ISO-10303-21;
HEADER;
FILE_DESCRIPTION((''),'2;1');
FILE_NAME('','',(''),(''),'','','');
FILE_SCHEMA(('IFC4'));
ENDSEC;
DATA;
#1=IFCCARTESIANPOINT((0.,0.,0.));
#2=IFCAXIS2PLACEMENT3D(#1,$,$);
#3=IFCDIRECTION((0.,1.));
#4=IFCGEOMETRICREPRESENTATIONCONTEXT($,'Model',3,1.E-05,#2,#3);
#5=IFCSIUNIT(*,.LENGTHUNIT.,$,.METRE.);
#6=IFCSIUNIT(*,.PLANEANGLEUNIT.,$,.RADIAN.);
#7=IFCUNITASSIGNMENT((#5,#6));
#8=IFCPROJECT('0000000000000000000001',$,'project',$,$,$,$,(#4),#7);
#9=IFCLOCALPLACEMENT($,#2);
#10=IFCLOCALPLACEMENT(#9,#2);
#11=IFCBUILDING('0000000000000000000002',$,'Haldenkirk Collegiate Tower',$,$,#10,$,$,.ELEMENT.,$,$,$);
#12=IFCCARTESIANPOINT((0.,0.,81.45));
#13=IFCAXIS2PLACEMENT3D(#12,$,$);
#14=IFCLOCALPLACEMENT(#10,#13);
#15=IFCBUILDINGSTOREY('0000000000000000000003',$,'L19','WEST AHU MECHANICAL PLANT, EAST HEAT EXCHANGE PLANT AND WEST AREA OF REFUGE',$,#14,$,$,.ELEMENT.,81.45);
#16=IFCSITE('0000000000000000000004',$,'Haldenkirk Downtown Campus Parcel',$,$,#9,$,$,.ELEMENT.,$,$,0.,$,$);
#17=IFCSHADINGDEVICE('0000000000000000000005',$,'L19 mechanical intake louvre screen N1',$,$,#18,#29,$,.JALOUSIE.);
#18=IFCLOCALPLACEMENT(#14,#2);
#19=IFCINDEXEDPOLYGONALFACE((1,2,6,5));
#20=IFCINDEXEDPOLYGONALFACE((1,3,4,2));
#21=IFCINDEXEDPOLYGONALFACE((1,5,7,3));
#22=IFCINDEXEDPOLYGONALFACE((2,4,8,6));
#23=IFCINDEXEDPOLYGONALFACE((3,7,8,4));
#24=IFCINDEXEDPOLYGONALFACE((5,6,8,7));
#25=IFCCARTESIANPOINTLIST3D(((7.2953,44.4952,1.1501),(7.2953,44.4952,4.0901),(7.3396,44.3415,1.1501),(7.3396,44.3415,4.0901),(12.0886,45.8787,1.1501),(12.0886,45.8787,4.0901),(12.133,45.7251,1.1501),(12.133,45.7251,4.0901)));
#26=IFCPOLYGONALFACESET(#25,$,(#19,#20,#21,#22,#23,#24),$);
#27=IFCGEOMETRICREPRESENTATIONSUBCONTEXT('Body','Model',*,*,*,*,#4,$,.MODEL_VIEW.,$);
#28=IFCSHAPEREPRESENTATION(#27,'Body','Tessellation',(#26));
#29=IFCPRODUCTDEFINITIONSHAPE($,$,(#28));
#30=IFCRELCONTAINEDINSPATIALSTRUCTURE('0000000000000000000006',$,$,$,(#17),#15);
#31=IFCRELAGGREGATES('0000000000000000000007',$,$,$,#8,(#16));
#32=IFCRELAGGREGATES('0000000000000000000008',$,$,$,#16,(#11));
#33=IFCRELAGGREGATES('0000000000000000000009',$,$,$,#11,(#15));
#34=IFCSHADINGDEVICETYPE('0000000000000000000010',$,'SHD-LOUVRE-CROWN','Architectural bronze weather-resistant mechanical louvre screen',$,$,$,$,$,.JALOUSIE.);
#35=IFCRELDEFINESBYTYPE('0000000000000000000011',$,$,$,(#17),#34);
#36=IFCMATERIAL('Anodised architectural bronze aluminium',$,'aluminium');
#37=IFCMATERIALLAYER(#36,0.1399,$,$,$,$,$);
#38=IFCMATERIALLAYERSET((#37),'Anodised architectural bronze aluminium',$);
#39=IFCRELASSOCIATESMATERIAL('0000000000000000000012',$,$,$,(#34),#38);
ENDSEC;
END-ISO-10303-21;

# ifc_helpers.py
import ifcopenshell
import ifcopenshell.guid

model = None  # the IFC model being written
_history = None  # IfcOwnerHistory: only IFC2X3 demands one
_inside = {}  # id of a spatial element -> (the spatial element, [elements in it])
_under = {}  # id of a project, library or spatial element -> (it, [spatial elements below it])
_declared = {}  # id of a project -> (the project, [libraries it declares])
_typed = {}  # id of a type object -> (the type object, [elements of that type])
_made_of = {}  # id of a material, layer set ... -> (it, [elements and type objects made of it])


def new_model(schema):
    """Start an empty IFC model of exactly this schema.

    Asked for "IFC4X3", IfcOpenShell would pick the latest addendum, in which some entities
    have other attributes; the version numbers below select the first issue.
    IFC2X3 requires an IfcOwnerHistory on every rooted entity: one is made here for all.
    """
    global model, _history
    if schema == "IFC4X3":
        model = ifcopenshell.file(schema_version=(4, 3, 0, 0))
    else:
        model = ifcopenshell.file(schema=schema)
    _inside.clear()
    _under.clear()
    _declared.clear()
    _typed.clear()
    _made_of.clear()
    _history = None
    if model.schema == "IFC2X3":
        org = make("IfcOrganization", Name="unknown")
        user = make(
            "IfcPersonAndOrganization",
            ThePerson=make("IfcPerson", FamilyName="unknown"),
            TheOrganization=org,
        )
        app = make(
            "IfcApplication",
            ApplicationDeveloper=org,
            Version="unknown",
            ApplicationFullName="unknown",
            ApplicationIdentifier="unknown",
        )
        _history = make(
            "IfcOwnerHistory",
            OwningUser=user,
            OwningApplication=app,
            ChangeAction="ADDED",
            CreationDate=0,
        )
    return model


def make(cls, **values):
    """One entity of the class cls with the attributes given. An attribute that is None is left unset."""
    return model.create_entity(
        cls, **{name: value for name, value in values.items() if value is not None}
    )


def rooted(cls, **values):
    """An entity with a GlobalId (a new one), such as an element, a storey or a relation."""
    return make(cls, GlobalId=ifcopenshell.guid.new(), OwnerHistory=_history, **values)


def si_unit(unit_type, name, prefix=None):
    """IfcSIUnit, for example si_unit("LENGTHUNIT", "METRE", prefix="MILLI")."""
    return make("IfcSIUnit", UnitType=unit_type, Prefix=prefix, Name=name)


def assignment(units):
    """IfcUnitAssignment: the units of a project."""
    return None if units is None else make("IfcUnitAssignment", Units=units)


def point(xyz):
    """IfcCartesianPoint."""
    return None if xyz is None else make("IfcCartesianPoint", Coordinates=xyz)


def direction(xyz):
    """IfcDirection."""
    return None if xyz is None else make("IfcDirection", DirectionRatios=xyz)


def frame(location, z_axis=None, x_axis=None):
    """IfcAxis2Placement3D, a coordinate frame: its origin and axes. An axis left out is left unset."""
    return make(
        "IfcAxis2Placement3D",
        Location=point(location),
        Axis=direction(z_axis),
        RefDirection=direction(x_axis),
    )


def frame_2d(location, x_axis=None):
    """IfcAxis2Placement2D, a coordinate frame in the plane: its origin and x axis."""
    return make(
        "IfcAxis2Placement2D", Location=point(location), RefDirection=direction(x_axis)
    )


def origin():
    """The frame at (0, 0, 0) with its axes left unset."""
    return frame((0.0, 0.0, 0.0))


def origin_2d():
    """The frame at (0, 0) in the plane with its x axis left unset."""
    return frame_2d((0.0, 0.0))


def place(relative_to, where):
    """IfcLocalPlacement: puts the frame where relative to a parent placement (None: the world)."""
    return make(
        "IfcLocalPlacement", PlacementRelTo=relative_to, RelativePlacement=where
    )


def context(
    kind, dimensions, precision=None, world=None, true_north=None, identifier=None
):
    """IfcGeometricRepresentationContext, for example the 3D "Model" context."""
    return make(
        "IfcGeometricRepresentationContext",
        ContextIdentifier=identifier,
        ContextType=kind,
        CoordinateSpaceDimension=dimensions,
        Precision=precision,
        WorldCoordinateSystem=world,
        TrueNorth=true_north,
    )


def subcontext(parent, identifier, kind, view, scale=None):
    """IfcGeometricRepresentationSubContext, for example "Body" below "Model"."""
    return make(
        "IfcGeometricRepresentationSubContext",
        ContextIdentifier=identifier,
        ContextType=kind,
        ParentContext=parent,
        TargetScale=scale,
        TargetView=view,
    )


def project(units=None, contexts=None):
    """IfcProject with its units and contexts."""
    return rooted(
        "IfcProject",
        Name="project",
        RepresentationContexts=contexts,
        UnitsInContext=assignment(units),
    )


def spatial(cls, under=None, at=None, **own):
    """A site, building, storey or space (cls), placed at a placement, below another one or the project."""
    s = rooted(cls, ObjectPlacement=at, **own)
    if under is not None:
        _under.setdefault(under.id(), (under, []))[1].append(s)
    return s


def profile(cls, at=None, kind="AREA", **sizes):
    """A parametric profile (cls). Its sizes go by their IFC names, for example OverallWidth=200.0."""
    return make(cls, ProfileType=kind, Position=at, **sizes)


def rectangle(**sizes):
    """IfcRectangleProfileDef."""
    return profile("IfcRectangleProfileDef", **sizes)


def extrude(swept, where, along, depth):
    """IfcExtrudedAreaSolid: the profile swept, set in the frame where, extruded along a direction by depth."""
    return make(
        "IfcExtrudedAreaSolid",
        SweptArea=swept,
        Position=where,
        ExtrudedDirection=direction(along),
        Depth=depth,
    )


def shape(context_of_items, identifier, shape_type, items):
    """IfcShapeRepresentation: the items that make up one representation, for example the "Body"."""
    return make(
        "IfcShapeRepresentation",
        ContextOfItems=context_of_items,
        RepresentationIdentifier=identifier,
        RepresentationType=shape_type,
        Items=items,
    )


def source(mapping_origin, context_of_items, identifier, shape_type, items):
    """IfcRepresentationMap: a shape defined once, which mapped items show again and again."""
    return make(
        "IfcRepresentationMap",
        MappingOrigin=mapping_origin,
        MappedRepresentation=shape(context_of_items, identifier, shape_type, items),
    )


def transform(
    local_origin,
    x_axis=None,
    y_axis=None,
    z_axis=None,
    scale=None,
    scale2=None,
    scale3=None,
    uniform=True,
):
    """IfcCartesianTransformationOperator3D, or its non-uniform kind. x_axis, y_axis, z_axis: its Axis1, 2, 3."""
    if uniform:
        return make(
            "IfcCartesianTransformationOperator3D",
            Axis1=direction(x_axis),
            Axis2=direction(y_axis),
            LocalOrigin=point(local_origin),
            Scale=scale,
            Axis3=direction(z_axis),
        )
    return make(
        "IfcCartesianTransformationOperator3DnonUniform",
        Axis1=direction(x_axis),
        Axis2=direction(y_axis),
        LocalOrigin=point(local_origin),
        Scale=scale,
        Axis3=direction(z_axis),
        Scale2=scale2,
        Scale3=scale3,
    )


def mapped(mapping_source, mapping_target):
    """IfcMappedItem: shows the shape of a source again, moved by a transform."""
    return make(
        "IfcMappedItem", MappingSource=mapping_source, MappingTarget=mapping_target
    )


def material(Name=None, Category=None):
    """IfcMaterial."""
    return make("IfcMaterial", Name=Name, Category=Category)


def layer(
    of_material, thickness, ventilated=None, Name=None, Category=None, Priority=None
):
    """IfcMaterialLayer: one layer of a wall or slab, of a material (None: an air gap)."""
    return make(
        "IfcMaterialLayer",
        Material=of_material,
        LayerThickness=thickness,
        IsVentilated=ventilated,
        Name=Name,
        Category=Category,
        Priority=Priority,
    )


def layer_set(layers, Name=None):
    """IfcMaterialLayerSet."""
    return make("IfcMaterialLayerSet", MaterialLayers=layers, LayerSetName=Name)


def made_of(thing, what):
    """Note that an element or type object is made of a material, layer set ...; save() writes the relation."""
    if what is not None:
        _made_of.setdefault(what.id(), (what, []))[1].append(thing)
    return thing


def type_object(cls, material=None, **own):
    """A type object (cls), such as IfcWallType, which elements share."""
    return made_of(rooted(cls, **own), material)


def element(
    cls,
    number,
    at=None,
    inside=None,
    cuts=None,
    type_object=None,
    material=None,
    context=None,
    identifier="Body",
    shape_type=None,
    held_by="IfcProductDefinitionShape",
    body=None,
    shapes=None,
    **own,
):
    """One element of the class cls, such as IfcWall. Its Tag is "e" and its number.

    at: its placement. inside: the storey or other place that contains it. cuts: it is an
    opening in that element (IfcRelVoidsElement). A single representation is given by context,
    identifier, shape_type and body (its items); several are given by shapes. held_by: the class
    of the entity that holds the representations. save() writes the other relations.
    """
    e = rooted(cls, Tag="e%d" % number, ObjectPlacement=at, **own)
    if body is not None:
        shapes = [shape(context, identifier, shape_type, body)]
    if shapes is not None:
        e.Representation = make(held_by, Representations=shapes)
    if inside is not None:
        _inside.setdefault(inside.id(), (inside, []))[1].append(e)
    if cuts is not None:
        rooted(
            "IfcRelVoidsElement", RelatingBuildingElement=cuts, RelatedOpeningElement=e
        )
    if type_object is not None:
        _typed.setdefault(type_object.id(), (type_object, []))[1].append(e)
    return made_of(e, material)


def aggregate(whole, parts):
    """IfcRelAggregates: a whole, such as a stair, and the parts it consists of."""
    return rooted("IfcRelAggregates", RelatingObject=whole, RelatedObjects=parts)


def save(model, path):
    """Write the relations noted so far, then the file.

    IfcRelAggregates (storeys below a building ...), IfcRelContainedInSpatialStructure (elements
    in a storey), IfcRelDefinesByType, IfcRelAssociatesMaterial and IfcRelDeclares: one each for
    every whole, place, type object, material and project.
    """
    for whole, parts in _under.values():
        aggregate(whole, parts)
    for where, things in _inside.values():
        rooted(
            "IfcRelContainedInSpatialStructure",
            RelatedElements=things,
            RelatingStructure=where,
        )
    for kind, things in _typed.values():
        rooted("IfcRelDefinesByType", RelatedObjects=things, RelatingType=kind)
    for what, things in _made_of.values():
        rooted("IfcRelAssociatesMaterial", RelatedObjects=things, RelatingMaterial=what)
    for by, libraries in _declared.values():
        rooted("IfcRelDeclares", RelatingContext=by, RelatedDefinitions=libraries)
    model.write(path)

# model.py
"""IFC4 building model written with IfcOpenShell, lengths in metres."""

from ifc_helpers import new_model, si_unit, direction, frame, origin, origin_2d, place, context, subcontext, project, spatial, rectangle, extrude, source, transform, mapped, material, layer, layer_set, type_object, element, save


model = new_model("IFC4")

# Units and contexts
model_context = context("Model", 3, precision=1e-05, world=origin(), true_north=direction((0.0, 1.0)))
body_context = subcontext(model_context, "Body", "Model", "MODEL_VIEW")
ifc_project = project(units=[si_unit("LENGTHUNIT", "METRE"), si_unit("PLANEANGLEUNIT", "RADIAN")], contexts=[model_context])

# Site, building, storey
site_placement = place(None, origin())
site = spatial("IfcSite", under=ifc_project, at=site_placement, Name="Haldenkirk Downtown Campus Parcel", CompositionType="ELEMENT", RefElevation=0.0)
building_placement = place(site_placement, origin())
building = spatial("IfcBuilding", under=site, at=building_placement, Name="Haldenkirk Collegiate Tower", CompositionType="ELEMENT")
storey_placement = place(building_placement, frame((0.0, 0.0, 81.45)))
storey = spatial("IfcBuildingStorey", under=building, at=storey_placement, Name="L19", Description="WEST AHU MECHANICAL PLANT, EAST HEAT EXCHANGE PLANT AND WEST AREA OF REFUGE", CompositionType="ELEMENT", Elevation=81.45)

# Shading device
ifc_material_1 = material(Name="Anodised architectural bronze aluminium", Category="aluminium")
ifc_layer_1 = layer(ifc_material_1, 0.1399)
ifc_layer_set_1 = layer_set([ifc_layer_1], Name="Anodised architectural bronze aluminium")
shading_device_type = type_object("IfcShadingDeviceType", Name="SHD-LOUVRE-CROWN", Description="Architectural bronze weather-resistant mechanical louvre screen", PredefinedType="JALOUSIE", material=ifc_layer_set_1)
shared_shape_1 = source(origin(), body_context, "Body", "SweptSolid", [
    extrude(rectangle(XDim=4.989, YDim=0.1599, at=origin_2d()), origin(), (0.0, 0.0, 1.0), 2.9399),
])
shading_device_1_placement = place(storey_placement, frame((9.7141, 45.1101, 1.1501), z_axis=(0.0, 0.0, 1.0), x_axis=(0.960779, 0.277315, 0.0)))
element("IfcShadingDevice", 1, at=shading_device_1_placement, inside=storey, type_object=shading_device_type, Name="L19 mechanical intake louvre screen N1", PredefinedType="JALOUSIE", context=body_context, shape_type="MappedRepresentation", body=[
    mapped(shared_shape_1, transform((0.0, 0.0, 0.0), x_axis=(1.0, 0.0, 0.0), y_axis=(0.0, 1.0, 0.0), z_axis=(0.0, 0.0, 1.0), scale=1.0)),
])

save(model, "model.ifc")
